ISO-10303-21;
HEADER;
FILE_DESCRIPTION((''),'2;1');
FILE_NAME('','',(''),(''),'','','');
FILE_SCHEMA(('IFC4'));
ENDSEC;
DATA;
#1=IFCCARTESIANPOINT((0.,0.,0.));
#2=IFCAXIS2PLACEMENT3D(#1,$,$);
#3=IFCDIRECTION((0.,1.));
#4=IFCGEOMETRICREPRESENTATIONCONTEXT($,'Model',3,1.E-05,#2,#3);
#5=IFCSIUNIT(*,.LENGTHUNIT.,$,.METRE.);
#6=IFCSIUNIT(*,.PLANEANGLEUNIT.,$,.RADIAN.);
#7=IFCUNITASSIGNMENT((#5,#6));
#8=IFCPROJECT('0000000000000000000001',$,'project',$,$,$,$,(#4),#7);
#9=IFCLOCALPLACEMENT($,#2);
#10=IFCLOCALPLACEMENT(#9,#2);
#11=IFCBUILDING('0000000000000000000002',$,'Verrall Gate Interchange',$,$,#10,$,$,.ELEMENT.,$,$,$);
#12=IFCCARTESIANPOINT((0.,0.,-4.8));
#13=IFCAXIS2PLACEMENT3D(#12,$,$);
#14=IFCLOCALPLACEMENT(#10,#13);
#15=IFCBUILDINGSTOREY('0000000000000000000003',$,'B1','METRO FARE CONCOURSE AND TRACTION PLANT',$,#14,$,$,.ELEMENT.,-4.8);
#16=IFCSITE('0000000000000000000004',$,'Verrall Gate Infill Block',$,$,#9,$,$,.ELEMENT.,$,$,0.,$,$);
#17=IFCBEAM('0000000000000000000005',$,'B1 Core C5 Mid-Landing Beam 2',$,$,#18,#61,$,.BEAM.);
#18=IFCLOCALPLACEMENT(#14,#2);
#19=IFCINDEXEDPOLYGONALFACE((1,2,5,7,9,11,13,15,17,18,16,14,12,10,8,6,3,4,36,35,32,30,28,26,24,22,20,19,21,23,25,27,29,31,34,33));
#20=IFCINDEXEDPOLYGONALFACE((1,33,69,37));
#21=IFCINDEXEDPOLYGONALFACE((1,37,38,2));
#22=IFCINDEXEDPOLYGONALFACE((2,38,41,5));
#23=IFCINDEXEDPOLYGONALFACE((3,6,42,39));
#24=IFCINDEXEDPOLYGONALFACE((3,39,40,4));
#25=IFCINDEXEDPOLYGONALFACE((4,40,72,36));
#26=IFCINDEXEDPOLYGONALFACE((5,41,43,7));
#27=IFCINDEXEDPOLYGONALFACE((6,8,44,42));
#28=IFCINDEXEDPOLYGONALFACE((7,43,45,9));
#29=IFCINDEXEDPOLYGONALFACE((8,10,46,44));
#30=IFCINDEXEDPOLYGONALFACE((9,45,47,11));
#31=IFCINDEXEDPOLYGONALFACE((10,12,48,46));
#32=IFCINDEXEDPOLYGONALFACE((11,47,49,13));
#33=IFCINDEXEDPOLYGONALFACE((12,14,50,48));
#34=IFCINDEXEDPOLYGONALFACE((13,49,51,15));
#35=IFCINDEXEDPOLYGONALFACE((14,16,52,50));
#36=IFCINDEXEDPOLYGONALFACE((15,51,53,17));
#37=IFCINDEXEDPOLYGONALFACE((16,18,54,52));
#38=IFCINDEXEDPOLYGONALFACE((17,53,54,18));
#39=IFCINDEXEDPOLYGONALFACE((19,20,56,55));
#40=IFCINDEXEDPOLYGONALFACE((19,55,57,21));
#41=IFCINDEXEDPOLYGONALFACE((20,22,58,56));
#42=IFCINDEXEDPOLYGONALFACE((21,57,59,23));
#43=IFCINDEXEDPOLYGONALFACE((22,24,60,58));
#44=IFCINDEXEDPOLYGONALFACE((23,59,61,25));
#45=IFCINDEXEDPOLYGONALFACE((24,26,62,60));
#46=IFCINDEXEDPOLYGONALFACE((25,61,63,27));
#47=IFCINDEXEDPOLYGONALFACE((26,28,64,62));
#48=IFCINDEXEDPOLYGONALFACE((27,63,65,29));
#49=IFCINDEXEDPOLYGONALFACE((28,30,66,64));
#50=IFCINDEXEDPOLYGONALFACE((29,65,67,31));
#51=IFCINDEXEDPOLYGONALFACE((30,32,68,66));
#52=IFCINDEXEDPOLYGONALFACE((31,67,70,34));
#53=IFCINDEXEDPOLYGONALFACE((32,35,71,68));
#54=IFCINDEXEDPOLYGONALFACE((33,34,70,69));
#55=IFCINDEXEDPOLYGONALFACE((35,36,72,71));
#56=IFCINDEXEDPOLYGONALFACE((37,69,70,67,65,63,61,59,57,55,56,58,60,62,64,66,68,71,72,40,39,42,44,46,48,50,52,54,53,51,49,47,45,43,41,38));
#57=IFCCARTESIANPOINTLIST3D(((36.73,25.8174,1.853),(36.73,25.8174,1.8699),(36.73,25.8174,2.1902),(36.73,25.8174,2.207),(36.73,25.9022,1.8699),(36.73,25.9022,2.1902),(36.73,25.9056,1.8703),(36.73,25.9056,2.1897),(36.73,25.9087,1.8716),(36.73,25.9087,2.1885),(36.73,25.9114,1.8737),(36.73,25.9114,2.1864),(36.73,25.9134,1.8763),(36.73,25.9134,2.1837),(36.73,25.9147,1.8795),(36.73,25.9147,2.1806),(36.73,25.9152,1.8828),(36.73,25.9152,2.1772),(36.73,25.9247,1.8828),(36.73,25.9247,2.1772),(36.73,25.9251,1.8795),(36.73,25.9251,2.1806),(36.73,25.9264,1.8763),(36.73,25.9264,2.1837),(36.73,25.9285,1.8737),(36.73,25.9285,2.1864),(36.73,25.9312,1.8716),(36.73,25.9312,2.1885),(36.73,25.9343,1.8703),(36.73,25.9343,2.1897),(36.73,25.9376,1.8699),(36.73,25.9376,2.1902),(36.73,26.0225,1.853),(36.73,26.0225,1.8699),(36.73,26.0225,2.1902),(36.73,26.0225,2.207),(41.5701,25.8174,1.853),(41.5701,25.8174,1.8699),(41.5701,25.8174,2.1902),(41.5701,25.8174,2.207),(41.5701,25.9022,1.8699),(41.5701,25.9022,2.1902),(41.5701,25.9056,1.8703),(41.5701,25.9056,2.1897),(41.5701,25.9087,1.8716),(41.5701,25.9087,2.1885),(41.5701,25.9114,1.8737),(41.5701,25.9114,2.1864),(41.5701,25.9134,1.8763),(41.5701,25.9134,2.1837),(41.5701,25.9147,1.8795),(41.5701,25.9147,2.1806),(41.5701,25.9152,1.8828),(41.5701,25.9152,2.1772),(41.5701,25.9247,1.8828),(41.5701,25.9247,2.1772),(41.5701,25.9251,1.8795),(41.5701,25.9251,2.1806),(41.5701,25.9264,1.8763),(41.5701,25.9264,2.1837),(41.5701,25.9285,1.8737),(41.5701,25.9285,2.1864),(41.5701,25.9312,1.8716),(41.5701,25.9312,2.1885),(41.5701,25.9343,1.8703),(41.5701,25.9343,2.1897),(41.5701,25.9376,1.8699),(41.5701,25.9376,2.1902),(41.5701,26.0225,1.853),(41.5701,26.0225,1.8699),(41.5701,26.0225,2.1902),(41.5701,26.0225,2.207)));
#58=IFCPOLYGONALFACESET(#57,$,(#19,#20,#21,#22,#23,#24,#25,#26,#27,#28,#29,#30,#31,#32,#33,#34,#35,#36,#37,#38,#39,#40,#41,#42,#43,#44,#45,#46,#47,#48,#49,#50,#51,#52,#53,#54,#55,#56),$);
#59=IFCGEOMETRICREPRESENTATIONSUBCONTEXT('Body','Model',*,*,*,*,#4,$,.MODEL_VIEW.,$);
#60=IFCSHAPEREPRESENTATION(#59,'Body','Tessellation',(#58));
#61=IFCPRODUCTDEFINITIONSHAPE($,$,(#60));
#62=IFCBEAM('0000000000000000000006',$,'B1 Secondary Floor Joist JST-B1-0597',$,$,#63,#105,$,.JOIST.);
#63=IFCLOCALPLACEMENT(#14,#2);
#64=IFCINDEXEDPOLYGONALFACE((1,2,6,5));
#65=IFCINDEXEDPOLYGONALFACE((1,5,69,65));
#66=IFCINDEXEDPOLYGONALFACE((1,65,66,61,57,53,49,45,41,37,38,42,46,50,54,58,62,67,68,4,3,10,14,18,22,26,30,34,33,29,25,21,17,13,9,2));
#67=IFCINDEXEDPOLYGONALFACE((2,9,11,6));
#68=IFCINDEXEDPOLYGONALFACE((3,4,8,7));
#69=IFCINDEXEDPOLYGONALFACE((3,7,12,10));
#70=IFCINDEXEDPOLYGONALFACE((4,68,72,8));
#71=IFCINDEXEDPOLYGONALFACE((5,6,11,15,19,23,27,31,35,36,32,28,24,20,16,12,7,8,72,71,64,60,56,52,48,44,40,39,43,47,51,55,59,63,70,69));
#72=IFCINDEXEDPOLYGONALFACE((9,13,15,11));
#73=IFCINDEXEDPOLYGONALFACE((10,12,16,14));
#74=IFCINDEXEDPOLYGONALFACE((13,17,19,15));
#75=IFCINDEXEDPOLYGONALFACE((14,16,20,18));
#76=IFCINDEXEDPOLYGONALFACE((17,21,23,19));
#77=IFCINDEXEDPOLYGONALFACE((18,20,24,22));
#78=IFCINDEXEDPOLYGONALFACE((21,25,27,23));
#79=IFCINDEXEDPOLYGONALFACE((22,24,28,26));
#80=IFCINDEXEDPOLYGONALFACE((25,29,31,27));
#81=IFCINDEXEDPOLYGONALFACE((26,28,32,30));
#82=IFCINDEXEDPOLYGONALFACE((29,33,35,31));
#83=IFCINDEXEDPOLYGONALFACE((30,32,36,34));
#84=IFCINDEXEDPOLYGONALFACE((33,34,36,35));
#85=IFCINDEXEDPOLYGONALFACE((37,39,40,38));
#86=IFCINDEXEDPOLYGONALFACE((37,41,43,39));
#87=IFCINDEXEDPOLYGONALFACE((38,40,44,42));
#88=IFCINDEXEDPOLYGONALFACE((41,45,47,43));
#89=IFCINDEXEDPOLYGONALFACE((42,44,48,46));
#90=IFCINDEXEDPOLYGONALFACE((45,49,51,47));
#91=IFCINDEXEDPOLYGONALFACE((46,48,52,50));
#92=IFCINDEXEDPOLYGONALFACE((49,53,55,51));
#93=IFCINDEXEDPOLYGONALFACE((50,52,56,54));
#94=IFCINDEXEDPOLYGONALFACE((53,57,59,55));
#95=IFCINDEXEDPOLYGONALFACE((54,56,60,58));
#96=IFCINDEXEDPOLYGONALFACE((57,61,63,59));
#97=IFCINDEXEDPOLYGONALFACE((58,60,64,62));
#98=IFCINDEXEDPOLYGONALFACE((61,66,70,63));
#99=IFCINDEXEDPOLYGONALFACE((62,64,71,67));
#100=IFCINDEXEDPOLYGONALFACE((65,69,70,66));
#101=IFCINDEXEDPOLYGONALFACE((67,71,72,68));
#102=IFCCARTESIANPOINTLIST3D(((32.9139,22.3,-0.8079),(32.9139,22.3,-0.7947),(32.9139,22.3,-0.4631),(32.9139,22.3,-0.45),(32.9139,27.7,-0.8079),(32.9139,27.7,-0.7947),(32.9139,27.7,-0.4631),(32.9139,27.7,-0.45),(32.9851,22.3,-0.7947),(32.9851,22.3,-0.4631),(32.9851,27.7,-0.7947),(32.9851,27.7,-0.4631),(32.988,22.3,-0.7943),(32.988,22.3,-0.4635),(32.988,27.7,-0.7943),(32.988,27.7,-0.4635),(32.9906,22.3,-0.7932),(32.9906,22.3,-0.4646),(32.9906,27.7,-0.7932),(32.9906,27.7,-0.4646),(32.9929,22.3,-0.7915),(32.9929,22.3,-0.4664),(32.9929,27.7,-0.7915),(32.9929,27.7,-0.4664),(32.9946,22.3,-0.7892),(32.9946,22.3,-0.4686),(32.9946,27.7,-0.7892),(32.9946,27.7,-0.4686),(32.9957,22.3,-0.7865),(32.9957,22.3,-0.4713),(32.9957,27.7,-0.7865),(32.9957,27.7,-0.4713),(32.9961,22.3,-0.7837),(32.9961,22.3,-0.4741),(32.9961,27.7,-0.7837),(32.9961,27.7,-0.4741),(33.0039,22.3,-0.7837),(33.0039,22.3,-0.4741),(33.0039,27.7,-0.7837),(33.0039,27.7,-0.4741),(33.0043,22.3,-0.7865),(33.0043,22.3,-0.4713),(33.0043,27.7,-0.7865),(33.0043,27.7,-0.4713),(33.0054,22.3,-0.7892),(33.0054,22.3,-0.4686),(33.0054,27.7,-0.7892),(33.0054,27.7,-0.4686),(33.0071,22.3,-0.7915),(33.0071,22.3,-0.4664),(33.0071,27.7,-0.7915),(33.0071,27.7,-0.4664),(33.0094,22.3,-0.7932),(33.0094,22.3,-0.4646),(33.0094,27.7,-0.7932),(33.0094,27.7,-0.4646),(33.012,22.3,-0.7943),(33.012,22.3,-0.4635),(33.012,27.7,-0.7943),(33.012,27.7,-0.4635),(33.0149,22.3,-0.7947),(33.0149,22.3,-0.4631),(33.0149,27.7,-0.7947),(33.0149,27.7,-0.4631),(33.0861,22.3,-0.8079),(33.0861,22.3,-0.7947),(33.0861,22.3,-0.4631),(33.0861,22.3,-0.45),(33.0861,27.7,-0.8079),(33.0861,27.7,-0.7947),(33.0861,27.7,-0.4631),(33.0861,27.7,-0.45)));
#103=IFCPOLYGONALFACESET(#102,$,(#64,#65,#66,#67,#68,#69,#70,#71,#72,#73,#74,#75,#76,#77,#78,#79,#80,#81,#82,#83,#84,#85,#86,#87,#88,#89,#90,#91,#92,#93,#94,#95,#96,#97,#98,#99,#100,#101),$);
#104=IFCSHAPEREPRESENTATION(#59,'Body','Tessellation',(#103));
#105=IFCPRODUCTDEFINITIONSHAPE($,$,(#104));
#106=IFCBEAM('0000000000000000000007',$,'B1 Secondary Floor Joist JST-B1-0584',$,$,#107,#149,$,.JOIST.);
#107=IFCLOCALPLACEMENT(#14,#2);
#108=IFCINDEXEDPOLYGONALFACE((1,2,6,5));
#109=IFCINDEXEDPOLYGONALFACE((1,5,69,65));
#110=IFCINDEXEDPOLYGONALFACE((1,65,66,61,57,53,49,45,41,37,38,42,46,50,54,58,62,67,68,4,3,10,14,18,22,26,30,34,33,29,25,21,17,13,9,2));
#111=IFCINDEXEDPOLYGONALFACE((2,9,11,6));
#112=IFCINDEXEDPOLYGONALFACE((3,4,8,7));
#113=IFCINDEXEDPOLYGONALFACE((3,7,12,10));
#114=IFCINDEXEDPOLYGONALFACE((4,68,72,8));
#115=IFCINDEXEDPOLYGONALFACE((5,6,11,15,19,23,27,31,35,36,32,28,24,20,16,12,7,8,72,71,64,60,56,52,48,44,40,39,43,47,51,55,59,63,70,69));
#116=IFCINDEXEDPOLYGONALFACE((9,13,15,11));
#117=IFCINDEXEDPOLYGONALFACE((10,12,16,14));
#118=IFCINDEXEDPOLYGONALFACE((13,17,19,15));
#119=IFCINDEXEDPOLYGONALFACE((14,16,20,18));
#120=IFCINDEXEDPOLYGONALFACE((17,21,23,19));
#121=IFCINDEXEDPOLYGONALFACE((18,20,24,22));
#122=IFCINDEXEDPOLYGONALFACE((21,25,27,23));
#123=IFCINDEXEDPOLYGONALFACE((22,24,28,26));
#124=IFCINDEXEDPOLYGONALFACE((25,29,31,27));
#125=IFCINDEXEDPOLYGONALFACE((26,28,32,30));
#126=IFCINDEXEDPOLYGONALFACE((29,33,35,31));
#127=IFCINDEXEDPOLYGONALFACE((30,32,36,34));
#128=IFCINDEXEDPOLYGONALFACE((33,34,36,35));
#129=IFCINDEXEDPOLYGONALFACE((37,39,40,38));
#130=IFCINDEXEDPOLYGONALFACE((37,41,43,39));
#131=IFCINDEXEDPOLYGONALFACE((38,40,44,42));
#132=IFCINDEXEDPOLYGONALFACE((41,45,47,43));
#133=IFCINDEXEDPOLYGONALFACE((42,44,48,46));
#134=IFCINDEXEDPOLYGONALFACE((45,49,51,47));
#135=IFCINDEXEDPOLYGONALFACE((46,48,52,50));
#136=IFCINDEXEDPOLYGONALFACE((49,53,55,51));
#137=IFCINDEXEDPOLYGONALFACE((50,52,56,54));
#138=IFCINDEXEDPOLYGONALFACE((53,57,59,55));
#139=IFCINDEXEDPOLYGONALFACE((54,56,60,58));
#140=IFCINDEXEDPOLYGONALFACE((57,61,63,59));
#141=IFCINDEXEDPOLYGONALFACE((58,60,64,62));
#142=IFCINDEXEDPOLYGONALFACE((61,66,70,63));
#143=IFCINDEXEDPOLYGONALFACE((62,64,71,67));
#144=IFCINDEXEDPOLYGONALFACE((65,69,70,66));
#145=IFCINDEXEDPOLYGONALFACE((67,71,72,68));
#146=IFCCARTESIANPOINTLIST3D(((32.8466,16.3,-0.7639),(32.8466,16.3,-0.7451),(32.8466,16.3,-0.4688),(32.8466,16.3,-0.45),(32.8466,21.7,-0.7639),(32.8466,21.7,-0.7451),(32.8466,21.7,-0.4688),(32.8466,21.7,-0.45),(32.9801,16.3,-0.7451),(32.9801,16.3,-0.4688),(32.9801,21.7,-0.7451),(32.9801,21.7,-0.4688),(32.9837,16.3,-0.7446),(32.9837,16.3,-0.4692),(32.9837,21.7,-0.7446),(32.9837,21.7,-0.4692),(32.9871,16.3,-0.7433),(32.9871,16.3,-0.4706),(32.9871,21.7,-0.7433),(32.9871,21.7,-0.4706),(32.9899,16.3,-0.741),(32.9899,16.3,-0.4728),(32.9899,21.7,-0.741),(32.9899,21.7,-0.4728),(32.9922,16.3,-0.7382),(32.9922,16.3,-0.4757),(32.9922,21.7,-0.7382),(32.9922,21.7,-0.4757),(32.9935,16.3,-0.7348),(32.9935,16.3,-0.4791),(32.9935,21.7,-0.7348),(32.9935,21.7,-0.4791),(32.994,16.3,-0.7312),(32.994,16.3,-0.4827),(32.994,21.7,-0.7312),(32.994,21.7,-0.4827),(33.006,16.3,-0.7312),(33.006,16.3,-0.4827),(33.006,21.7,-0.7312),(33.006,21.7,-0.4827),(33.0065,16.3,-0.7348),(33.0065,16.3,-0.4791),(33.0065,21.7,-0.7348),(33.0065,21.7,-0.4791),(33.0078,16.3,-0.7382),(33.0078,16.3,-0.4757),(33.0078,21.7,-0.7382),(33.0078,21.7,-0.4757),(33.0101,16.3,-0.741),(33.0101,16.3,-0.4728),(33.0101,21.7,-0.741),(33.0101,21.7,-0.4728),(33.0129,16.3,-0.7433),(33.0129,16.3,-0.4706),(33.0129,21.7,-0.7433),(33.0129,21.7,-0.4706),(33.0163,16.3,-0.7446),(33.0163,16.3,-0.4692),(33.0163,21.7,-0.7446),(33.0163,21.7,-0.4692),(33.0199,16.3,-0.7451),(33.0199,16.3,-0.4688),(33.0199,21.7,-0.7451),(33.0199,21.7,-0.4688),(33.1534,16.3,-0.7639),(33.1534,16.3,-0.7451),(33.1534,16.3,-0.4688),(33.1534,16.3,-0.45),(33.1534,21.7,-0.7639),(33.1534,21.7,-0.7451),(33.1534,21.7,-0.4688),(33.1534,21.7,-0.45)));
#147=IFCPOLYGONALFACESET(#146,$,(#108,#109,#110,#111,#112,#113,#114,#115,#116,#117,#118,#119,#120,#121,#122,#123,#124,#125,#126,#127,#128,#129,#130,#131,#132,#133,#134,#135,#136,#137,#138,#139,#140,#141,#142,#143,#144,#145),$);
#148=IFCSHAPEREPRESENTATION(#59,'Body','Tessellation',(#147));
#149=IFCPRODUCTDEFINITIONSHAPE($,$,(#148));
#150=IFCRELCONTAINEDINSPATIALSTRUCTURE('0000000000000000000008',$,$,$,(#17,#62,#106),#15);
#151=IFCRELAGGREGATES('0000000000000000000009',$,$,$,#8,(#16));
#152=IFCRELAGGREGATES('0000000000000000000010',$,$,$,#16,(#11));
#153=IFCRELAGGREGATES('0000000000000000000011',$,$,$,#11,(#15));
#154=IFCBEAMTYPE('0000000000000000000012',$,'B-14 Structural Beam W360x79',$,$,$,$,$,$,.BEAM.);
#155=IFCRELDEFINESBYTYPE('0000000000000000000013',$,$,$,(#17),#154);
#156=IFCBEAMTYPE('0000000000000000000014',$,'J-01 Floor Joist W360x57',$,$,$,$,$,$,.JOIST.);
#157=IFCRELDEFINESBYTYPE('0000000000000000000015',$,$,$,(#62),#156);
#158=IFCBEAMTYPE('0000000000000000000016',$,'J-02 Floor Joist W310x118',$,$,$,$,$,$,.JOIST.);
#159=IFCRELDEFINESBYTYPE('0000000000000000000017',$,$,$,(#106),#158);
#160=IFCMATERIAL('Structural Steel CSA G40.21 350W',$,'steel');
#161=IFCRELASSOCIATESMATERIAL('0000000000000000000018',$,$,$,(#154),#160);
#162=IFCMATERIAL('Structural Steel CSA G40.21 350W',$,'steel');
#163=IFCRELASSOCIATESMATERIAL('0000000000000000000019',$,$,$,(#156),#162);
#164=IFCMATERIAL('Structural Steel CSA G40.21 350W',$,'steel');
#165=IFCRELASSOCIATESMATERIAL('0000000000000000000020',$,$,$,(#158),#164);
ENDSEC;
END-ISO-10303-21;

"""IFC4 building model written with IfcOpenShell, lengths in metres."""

from ifc_helpers import new_model, si_unit, direction, frame, origin, origin_2d, place, context, subcontext, project, spatial, i_section, extrude, material, material_profile, profile_set, type_object, element, save


model = new_model("IFC4")

# Units and contexts
model_context = context("Model", 3, precision=1e-05, world=origin(), true_north=direction((0.0, 1.0)))
body_context = subcontext(model_context, "Body", "Model", "MODEL_VIEW")
ifc_project = project(units=[si_unit("LENGTHUNIT", "METRE"), si_unit("PLANEANGLEUNIT", "RADIAN")], contexts=[model_context])

# Site, building, storey
site_placement = place(None, origin())
site = spatial("IfcSite", under=ifc_project, at=site_placement, Name="Verrall Gate Infill Block", CompositionType="ELEMENT", RefElevation=0.0)
building_placement = place(site_placement, origin())
building = spatial("IfcBuilding", under=site, at=building_placement, Name="Verrall Gate Interchange", CompositionType="ELEMENT")
storey_placement = place(building_placement, frame((0.0, 0.0, -4.8)))
storey = spatial("IfcBuildingStorey", under=building, at=storey_placement, Name="B1", Description="METRO FARE CONCOURSE AND TRACTION PLANT", CompositionType="ELEMENT", Elevation=-4.8)

# Beams
ifc_material_1 = material(Name="Structural Steel CSA G40.21 350W", Category="steel")
ifc_material_profile_1 = material_profile(ifc_material_1, i_section(OverallWidth=0.2051, OverallDepth=0.354, WebThickness=0.0095, FlangeThickness=0.0168, FilletRadius=0.0129, at=origin_2d()), Name="W360x79")
ifc_profile_set_1 = profile_set([ifc_material_profile_1], Name="Structural Steel CSA G40.21 350W")
beam_type_1 = type_object("IfcBeamType", Name="B-14 Structural Beam W360x79", PredefinedType="BEAM", material=ifc_profile_set_1)
for number, where, z_axis, x_axis, name in (
    (1, (36.73, 25.9199, 2.03), (1.0, 0.0, 0.0), (0.0, 1.0, 0.0), "B1 Core C5 Mid-Landing Beam 2"),
):
    element("IfcBeam", number, at=place(storey_placement, frame(where, z_axis=z_axis, x_axis=x_axis)), inside=storey, type_object=beam_type_1, Name=name, PredefinedType="BEAM", context=body_context, shape_type="SweptSolid", body=[
        extrude(i_section(OverallWidth=0.2051, OverallDepth=0.354, WebThickness=0.0095, FlangeThickness=0.0168, FilletRadius=0.0129, at=origin_2d()), origin(), (0.0, 0.0, 1.0), 4.8401),
    ])
ifc_material_2 = material(Name="Structural Steel CSA G40.21 350W", Category="steel")
ifc_material_profile_2 = material_profile(ifc_material_2, i_section(OverallWidth=0.1721, OverallDepth=0.3579, WebThickness=0.0078, FlangeThickness=0.0132, FilletRadius=0.011, at=origin_2d()), Name="W360x57")
ifc_profile_set_2 = profile_set([ifc_material_profile_2], Name="Structural Steel CSA G40.21 350W")
beam_type_2 = type_object("IfcBeamType", Name="J-01 Floor Joist W360x57", PredefinedType="JOIST", material=ifc_profile_set_2)
beam_1_placement = place(storey_placement, frame((33.0, 22.3, -0.6289), z_axis=(0.0, 1.0, 0.0), x_axis=(-1.0, 0.0, 0.0)))
element("IfcBeam", 2, at=beam_1_placement, inside=storey, type_object=beam_type_2, Name="B1 Secondary Floor Joist JST-B1-0597", PredefinedType="JOIST", context=body_context, shape_type="SweptSolid", body=[
    extrude(i_section(OverallWidth=0.1721, OverallDepth=0.3579, WebThickness=0.0078, FlangeThickness=0.0132, FilletRadius=0.011, at=origin_2d()), origin(), (0.0, 0.0, 1.0), 5.3999),
])
ifc_material_3 = material(Name="Structural Steel CSA G40.21 350W", Category="steel")
ifc_material_profile_3 = material_profile(ifc_material_3, i_section(OverallWidth=0.3069, OverallDepth=0.314, WebThickness=0.012, FlangeThickness=0.0188, FilletRadius=0.0139, at=origin_2d()), Name="W310x118")
ifc_profile_set_3 = profile_set([ifc_material_profile_3], Name="Structural Steel CSA G40.21 350W")
beam_type_3 = type_object("IfcBeamType", Name="J-02 Floor Joist W310x118", PredefinedType="JOIST", material=ifc_profile_set_3)
beam_2_placement = place(storey_placement, frame((33.0, 16.3, -0.6069), z_axis=(0.0, 1.0, 0.0), x_axis=(-1.0, 0.0, 0.0)))
element("IfcBeam", 3, at=beam_2_placement, inside=storey, type_object=beam_type_3, Name="B1 Secondary Floor Joist JST-B1-0584", PredefinedType="JOIST", context=body_context, shape_type="SweptSolid", body=[
    extrude(i_section(OverallWidth=0.3069, OverallDepth=0.314, WebThickness=0.012, FlangeThickness=0.0188, FilletRadius=0.0139, at=origin_2d()), origin(), (0.0, 0.0, 1.0), 5.3999),
])

save(model, "model.ifc")
